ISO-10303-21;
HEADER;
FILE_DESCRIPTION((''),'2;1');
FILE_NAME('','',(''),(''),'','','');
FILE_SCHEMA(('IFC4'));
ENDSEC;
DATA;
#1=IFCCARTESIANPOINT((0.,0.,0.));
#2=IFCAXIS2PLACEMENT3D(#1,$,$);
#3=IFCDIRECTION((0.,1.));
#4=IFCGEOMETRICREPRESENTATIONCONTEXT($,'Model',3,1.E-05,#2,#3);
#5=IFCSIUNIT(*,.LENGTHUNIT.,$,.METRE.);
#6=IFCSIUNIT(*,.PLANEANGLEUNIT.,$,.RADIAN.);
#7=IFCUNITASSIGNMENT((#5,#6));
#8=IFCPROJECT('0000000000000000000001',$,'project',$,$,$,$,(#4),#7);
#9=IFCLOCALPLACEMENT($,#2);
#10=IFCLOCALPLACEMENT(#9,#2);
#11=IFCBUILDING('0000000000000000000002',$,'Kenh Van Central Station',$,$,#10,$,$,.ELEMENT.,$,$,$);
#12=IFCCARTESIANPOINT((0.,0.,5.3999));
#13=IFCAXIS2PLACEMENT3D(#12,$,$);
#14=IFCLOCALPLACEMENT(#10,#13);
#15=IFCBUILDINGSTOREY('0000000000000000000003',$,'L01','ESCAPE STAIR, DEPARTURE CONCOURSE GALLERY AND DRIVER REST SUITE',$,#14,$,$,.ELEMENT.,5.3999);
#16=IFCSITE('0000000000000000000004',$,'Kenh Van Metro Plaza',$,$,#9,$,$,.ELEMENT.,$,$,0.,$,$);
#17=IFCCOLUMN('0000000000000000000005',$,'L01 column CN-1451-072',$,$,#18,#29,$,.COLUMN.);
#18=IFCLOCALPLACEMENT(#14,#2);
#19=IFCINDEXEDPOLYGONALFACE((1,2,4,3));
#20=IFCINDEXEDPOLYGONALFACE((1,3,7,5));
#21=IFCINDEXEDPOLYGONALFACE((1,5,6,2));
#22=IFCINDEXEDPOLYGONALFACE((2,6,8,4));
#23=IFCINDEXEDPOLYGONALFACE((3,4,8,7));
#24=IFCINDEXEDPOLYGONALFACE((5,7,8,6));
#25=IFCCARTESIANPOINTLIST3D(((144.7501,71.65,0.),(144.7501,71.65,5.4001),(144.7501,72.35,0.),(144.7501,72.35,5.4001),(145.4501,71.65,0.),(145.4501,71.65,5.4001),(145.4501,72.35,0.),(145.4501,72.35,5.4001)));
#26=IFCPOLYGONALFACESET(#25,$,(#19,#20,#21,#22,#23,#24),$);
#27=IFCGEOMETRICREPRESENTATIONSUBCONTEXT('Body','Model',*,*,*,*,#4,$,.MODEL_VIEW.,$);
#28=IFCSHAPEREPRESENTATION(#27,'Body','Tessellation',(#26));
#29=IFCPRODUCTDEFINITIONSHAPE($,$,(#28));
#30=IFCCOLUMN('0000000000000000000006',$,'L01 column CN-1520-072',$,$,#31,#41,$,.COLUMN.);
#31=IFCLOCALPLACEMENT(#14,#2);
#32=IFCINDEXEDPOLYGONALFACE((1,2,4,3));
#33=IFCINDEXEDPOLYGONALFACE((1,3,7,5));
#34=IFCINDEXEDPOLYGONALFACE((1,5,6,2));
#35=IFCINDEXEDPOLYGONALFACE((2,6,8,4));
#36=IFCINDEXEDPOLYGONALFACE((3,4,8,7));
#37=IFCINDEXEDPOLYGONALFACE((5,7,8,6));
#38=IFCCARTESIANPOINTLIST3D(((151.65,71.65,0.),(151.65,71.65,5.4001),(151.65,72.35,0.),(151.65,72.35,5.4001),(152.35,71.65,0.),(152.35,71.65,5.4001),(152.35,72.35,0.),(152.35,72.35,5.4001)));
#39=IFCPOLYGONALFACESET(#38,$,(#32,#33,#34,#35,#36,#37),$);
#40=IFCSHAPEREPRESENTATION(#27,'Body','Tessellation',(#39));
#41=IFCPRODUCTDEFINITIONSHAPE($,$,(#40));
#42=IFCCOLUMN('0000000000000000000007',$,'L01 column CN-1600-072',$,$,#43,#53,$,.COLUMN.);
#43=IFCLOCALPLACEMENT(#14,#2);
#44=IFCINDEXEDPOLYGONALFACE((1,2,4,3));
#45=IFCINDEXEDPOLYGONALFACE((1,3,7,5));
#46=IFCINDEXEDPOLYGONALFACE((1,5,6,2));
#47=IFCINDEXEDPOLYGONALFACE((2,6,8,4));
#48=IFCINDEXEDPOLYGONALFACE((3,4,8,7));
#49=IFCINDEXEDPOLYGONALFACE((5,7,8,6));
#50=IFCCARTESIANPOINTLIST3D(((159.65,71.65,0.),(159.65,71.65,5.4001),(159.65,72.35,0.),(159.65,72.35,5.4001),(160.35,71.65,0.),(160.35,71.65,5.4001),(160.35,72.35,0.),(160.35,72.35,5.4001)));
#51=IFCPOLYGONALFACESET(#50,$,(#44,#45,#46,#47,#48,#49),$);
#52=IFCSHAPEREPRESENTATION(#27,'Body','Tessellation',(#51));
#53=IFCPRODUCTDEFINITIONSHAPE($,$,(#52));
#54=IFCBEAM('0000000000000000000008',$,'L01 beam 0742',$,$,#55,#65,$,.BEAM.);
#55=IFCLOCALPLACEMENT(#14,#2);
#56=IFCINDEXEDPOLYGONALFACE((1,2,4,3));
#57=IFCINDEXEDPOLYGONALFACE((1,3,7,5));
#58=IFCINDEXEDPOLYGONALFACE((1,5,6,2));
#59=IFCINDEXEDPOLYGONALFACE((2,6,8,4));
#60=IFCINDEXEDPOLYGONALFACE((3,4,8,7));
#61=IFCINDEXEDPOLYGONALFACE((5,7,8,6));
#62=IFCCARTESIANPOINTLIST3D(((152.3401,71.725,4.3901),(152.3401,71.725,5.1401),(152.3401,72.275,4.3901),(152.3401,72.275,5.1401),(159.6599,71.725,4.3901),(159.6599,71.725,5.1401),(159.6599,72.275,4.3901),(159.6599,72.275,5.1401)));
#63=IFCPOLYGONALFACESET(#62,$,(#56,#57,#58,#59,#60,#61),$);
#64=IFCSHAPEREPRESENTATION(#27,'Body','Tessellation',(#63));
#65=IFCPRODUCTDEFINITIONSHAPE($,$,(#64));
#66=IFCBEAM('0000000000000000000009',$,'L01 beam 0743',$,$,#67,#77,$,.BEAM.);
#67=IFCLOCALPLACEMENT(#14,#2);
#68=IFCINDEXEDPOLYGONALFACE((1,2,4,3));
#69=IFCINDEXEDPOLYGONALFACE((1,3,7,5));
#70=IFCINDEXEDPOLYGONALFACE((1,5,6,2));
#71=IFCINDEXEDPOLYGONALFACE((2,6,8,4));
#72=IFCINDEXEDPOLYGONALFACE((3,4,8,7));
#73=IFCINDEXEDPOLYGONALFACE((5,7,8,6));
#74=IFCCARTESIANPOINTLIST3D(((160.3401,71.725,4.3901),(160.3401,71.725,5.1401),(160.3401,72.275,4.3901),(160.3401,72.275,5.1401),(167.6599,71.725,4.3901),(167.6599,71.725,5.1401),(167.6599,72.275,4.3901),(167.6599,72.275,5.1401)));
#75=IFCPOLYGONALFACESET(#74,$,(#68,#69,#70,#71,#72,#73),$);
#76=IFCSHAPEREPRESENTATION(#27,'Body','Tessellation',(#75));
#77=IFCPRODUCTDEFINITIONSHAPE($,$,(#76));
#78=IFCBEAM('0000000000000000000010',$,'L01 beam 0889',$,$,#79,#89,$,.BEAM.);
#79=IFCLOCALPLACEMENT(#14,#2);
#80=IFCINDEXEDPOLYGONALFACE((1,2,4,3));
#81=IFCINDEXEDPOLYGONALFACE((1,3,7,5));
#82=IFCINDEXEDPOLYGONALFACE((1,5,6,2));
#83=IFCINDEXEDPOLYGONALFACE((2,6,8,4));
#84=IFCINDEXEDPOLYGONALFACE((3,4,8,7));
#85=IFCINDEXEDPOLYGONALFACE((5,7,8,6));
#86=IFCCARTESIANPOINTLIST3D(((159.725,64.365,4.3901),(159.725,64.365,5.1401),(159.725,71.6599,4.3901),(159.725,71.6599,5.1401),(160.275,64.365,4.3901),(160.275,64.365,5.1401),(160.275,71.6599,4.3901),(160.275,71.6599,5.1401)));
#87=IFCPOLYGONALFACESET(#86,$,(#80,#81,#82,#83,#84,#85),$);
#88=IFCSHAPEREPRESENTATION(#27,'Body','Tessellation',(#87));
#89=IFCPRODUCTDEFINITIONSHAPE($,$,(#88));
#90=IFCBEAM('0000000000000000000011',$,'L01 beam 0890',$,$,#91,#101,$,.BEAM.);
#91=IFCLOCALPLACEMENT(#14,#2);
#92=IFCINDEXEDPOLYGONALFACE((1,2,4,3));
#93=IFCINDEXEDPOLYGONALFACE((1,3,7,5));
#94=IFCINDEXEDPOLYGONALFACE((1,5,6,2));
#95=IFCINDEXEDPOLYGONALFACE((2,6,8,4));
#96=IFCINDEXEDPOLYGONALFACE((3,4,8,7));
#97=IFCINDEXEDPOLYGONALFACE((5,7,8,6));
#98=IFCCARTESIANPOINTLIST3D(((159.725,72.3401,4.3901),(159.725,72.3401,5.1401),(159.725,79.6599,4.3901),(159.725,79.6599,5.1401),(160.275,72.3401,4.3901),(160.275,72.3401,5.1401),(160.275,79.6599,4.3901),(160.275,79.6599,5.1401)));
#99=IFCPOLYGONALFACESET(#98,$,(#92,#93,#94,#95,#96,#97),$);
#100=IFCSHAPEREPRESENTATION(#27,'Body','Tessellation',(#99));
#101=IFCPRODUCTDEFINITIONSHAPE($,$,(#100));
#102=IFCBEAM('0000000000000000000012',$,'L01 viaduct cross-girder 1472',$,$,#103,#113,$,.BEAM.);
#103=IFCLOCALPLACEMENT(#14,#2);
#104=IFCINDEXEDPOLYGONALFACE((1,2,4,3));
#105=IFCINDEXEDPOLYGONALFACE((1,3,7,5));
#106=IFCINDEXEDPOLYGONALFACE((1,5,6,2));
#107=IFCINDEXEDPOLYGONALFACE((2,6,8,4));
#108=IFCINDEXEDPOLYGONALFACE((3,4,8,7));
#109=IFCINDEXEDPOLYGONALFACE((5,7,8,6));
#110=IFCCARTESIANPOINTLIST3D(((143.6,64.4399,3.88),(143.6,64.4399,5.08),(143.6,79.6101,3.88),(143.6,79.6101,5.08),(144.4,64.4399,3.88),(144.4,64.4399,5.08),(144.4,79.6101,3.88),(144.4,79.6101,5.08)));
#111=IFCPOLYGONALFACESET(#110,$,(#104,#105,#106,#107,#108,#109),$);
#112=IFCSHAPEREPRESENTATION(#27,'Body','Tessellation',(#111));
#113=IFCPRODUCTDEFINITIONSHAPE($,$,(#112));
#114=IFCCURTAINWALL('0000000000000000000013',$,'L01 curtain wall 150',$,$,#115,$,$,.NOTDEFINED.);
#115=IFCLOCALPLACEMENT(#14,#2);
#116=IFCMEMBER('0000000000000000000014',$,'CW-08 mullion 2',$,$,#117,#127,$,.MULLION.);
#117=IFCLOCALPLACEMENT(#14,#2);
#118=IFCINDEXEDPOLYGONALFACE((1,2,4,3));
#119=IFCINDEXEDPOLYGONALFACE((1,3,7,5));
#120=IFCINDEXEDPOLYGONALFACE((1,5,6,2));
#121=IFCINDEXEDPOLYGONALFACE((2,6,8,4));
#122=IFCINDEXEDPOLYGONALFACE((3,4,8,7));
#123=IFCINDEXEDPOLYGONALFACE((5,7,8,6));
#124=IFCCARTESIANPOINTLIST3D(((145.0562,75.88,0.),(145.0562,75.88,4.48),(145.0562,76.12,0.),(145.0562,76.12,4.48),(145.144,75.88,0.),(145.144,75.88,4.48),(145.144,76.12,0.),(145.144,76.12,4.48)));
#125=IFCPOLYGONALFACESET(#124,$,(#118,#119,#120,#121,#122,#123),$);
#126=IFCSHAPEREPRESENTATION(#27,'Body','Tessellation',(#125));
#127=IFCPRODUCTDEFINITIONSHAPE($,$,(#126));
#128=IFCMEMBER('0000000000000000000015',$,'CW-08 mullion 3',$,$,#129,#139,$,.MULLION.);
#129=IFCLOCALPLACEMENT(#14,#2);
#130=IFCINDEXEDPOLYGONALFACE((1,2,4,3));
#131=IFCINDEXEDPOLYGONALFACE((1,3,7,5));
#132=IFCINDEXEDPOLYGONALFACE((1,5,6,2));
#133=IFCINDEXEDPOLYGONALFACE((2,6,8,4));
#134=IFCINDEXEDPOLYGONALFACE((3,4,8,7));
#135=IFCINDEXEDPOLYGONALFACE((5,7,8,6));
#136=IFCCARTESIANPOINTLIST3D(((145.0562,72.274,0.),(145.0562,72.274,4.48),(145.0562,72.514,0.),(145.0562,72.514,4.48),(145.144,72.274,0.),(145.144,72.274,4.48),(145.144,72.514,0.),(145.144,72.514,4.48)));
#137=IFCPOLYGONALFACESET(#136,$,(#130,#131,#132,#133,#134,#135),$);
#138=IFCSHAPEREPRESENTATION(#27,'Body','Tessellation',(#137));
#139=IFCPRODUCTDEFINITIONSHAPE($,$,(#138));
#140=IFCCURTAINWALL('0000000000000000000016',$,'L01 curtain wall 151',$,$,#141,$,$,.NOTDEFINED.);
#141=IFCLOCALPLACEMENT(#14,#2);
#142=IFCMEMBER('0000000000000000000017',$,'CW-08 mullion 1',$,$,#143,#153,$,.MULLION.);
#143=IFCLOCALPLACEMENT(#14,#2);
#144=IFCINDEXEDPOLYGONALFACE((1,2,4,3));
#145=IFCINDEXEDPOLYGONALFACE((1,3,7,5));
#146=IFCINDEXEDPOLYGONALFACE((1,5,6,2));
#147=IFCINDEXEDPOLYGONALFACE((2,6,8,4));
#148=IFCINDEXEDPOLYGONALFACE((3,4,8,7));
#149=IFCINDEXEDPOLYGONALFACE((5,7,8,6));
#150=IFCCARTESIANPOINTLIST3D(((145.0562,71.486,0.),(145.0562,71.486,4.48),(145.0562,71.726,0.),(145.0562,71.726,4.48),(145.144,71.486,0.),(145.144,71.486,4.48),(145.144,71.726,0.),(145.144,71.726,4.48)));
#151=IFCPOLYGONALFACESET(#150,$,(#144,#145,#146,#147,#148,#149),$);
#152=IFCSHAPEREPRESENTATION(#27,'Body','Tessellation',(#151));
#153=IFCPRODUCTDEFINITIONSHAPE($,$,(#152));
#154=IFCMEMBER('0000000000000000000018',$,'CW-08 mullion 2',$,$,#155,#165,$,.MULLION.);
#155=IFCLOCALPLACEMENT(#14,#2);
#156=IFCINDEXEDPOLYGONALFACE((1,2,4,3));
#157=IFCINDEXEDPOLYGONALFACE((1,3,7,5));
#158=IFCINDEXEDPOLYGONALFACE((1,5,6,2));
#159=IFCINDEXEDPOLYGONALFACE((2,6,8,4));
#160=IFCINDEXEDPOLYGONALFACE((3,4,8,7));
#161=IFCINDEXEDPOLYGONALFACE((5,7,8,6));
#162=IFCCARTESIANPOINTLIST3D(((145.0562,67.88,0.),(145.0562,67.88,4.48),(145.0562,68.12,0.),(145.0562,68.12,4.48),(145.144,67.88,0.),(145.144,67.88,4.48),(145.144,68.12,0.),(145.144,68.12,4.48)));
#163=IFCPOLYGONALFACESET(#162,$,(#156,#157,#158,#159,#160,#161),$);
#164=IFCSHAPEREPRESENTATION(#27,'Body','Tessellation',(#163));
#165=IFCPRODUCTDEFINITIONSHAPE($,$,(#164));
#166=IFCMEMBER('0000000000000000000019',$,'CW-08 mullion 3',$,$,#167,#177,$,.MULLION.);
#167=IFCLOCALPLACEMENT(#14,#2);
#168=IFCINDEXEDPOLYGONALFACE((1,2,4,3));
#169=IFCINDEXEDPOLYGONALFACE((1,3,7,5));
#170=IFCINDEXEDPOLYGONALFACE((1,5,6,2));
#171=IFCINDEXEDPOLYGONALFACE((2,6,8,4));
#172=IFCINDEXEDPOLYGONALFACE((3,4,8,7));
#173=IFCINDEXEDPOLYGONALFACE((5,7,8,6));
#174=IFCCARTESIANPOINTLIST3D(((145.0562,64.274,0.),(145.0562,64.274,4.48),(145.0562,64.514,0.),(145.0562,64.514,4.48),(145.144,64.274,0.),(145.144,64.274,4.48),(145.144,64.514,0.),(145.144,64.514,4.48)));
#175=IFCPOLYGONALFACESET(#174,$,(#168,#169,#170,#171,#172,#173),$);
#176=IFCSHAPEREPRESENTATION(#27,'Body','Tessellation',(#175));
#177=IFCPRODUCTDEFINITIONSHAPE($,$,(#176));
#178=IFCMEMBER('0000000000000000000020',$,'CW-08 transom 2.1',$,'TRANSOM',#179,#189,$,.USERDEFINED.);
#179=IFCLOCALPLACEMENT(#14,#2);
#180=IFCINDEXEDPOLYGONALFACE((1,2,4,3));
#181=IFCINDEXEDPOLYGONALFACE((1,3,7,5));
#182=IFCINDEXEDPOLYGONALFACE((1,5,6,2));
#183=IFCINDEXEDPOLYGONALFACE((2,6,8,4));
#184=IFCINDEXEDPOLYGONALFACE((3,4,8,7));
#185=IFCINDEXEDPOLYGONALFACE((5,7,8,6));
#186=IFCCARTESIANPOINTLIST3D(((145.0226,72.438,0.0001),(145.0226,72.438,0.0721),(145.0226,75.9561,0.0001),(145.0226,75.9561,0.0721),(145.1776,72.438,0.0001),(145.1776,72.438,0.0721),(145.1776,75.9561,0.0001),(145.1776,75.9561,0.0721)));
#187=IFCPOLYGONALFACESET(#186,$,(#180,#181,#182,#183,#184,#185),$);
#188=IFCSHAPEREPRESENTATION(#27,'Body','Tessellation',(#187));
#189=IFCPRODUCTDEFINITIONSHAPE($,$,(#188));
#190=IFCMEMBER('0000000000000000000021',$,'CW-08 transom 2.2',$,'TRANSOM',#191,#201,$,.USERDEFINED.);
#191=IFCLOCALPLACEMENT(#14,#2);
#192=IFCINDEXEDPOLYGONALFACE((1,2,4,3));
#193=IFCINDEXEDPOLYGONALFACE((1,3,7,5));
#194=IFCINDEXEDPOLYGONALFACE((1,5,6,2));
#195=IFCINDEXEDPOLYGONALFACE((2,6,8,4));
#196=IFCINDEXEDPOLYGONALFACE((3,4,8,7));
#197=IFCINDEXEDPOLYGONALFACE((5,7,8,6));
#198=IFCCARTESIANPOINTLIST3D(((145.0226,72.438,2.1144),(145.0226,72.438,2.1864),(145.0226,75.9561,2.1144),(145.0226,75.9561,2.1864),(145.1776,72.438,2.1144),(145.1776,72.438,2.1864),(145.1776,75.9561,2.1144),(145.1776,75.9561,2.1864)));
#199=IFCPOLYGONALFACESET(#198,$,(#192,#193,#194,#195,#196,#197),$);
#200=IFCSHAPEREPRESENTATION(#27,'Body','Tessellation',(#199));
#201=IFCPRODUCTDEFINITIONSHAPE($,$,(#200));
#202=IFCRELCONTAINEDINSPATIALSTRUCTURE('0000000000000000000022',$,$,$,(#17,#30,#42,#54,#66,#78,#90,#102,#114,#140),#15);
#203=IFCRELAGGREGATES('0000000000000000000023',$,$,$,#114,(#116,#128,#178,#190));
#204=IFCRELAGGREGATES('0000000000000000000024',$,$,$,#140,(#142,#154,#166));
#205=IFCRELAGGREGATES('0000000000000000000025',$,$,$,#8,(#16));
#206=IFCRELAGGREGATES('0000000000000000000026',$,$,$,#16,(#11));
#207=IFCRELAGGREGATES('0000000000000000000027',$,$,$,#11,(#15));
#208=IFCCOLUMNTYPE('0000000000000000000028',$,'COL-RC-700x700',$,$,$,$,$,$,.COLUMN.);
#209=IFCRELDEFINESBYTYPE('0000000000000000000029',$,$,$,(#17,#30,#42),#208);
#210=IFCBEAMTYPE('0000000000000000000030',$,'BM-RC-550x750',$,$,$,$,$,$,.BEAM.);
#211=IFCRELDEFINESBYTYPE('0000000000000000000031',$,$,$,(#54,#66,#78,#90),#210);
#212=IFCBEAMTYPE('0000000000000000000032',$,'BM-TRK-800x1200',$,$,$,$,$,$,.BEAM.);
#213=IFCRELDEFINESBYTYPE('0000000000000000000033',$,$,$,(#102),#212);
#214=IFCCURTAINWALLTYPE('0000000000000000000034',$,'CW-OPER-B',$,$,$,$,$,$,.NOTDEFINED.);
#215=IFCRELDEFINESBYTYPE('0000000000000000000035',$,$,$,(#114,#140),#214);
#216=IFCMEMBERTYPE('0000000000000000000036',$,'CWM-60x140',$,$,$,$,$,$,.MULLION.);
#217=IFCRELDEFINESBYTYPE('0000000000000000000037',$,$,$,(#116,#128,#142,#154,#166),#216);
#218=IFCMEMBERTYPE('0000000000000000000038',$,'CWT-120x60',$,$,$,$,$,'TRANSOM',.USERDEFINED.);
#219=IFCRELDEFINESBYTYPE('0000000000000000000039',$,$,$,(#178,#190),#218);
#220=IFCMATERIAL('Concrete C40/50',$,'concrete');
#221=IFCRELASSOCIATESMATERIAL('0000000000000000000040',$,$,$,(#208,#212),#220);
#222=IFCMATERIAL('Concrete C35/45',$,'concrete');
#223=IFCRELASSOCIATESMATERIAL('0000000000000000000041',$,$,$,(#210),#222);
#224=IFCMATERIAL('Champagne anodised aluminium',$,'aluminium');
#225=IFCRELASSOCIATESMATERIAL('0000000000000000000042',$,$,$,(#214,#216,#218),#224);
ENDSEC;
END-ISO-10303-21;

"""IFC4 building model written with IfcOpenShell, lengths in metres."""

from ifc_helpers import new_model, si_unit, direction, frame, origin, origin_2d, place, context, subcontext, project, spatial, rectangle, extrude, material, material_profile, profile_set, type_object, element, aggregate, save


model = new_model("IFC4")

# Units and contexts
model_context = context("Model", 3, precision=1e-05, world=origin(), true_north=direction((0.0, 1.0)))
body_context = subcontext(model_context, "Body", "Model", "MODEL_VIEW")
ifc_project = project(units=[si_unit("LENGTHUNIT", "METRE"), si_unit("PLANEANGLEUNIT", "RADIAN")], contexts=[model_context])

# Site, building, storey
site_placement = place(None, origin())
site = spatial("IfcSite", under=ifc_project, at=site_placement, Name="Kenh Van Metro Plaza", CompositionType="ELEMENT", RefElevation=0.0)
building_placement = place(site_placement, origin())
building = spatial("IfcBuilding", under=site, at=building_placement, Name="Kenh Van Central Station", CompositionType="ELEMENT")
storey_placement = place(building_placement, frame((0.0, 0.0, 5.3999)))
storey = spatial("IfcBuildingStorey", under=building, at=storey_placement, Name="L01", Description="ESCAPE STAIR, DEPARTURE CONCOURSE GALLERY AND DRIVER REST SUITE", CompositionType="ELEMENT", Elevation=5.3999)

# Columns
ifc_material_1 = material(Name="Concrete C40/50", Category="concrete")
ifc_material_profile_1 = material_profile(ifc_material_1, rectangle(XDim=0.7, YDim=0.7, at=origin_2d()), Name="RC 700x700")
ifc_profile_set_1 = profile_set([ifc_material_profile_1], Name="Concrete C40/50")
column_type = type_object("IfcColumnType", Name="COL-RC-700x700", PredefinedType="COLUMN", material=ifc_profile_set_1)
for number, where, z_axis, x_axis, name in (
    (1, (145.1001, 72.0, 0.0), (0.0, 0.0, 1.0), (1.0, 0.0, 0.0), "L01 column CN-1451-072"),
    (2, (152.0, 72.0, 0.0), (0.0, 0.0, 1.0), (1.0, 0.0, 0.0), "L01 column CN-1520-072"),
    (3, (160.0, 72.0, 0.0), (0.0, 0.0, 1.0), (1.0, 0.0, 0.0), "L01 column CN-1600-072"),
):
    element("IfcColumn", number, at=place(storey_placement, frame(where, z_axis=z_axis, x_axis=x_axis)), inside=storey, type_object=column_type, Name=name, PredefinedType="COLUMN", context=body_context, shape_type="SweptSolid", body=[
        extrude(rectangle(XDim=0.7, YDim=0.7, at=origin_2d()), origin(), (0.0, 0.0, 1.0), 5.4001),
    ])

# Beams
ifc_material_2 = material(Name="Concrete C35/45", Category="concrete")
ifc_material_profile_2 = material_profile(ifc_material_2, rectangle(XDim=0.55, YDim=0.75, at=origin_2d()), Name="RC 550x750")
ifc_profile_set_2 = profile_set([ifc_material_profile_2], Name="Concrete C35/45")
beam_type_1 = type_object("IfcBeamType", Name="BM-RC-550x750", PredefinedType="BEAM", material=ifc_profile_set_2)
for number, where, z_axis, x_axis, name in (
    (4, (152.3401, 72.0, 4.7651), (1.0, 0.0, 0.0), (0.0, 1.0, 0.0), "L01 beam 0742"),
    (5, (160.3401, 72.0, 4.7651), (1.0, 0.0, 0.0), (0.0, 1.0, 0.0), "L01 beam 0743"),
):
    element("IfcBeam", number, at=place(storey_placement, frame(where, z_axis=z_axis, x_axis=x_axis)), inside=storey, type_object=beam_type_1, Name=name, PredefinedType="BEAM", context=body_context, shape_type="SweptSolid", body=[
        extrude(rectangle(XDim=0.55, YDim=0.75, at=origin_2d()), origin(), (0.0, 0.0, 1.0), 7.3198),
    ])
beam_1_placement = place(storey_placement, frame((160.0, 64.365, 4.7651), z_axis=(0.0, 1.0, 0.0), x_axis=(-1.0, 0.0, 0.0)))
element("IfcBeam", 6, at=beam_1_placement, inside=storey, type_object=beam_type_1, Name="L01 beam 0889", PredefinedType="BEAM", context=body_context, shape_type="SweptSolid", body=[
    extrude(rectangle(XDim=0.55, YDim=0.75, at=origin_2d()), origin(), (0.0, 0.0, 1.0), 7.2949),
])
beam_2_placement = place(storey_placement, frame((160.0, 72.3401, 4.7651), z_axis=(0.0, 1.0, 0.0), x_axis=(-1.0, 0.0, 0.0)))
element("IfcBeam", 7, at=beam_2_placement, inside=storey, type_object=beam_type_1, Name="L01 beam 0890", PredefinedType="BEAM", context=body_context, shape_type="SweptSolid", body=[
    extrude(rectangle(XDim=0.55, YDim=0.75, at=origin_2d()), origin(), (0.0, 0.0, 1.0), 7.3198),
])
ifc_material_profile_3 = material_profile(ifc_material_1, rectangle(XDim=0.8, YDim=1.2, at=origin_2d()), Name="RC 800x1200")
ifc_profile_set_3 = profile_set([ifc_material_profile_3], Name="Concrete C40/50")
beam_type_2 = type_object("IfcBeamType", Name="BM-TRK-800x1200", PredefinedType="BEAM", material=ifc_profile_set_3)
beam_3_placement = place(storey_placement, frame((144.0, 64.4399, 4.48), z_axis=(0.0, 1.0, 0.0), x_axis=(-1.0, 0.0, 0.0)))
element("IfcBeam", 8, at=beam_3_placement, inside=storey, type_object=beam_type_2, Name="L01 viaduct cross-girder 1472", PredefinedType="BEAM", context=body_context, shape_type="SweptSolid", body=[
    extrude(rectangle(XDim=0.8, YDim=1.2, at=origin_2d()), origin(), (0.0, 0.0, 1.0), 15.1702),
])

# Curtain walls, members
ifc_material_3 = material(Name="Champagne anodised aluminium", Category="aluminium")
curtain_wall_type = type_object("IfcCurtainWallType", Name="CW-OPER-B", PredefinedType="NOTDEFINED", material=ifc_material_3)
curtain_wall_1_placement = place(storey_placement, origin())
curtain_wall_1 = element("IfcCurtainWall", 9, at=curtain_wall_1_placement, inside=storey, type_object=curtain_wall_type, Name="L01 curtain wall 150", PredefinedType="NOTDEFINED")
ifc_material_profile_4 = material_profile(ifc_material_3, rectangle(XDim=0.0879, YDim=0.24, at=origin_2d()), Name="AL 88x240")
ifc_profile_set_4 = profile_set([ifc_material_profile_4], Name="Champagne anodised aluminium")
member_type_1 = type_object("IfcMemberType", Name="CWM-60x140", PredefinedType="MULLION", material=ifc_profile_set_4)
member_1_placement = place(storey_placement, frame((145.1001, 76.0, 0.0), z_axis=(0.0, 0.0, 1.0), x_axis=(1.0, 0.0, 0.0)))
member_1 = element("IfcMember", 10, at=member_1_placement, type_object=member_type_1, Name="CW-08 mullion 2", PredefinedType="MULLION", context=body_context, shape_type="SweptSolid", body=[
    extrude(rectangle(XDim=0.0879, YDim=0.24, at=origin_2d()), origin(), (0.0, 0.0, 1.0), 4.48),
])
member_2_placement = place(storey_placement, frame((145.1001, 72.394, 0.0), z_axis=(0.0, 0.0, 1.0), x_axis=(1.0, 0.0, 0.0)))
member_2 = element("IfcMember", 11, at=member_2_placement, type_object=member_type_1, Name="CW-08 mullion 3", PredefinedType="MULLION", context=body_context, shape_type="SweptSolid", body=[
    extrude(rectangle(XDim=0.0879, YDim=0.24, at=origin_2d()), origin(), (0.0, 0.0, 1.0), 4.48),
])
curtain_wall_2_placement = place(storey_placement, origin())
curtain_wall_2 = element("IfcCurtainWall", 12, at=curtain_wall_2_placement, inside=storey, type_object=curtain_wall_type, Name="L01 curtain wall 151", PredefinedType="NOTDEFINED")
member_3_placement = place(storey_placement, frame((145.1001, 71.606, 0.0), z_axis=(0.0, 0.0, 1.0), x_axis=(1.0, 0.0, 0.0)))
member_3 = element("IfcMember", 13, at=member_3_placement, type_object=member_type_1, Name="CW-08 mullion 1", PredefinedType="MULLION", context=body_context, shape_type="SweptSolid", body=[
    extrude(rectangle(XDim=0.0879, YDim=0.24, at=origin_2d()), origin(), (0.0, 0.0, 1.0), 4.48),
])
member_4_placement = place(storey_placement, frame((145.1001, 68.0, 0.0), z_axis=(0.0, 0.0, 1.0), x_axis=(1.0, 0.0, 0.0)))
member_4 = element("IfcMember", 14, at=member_4_placement, type_object=member_type_1, Name="CW-08 mullion 2", PredefinedType="MULLION", context=body_context, shape_type="SweptSolid", body=[
    extrude(rectangle(XDim=0.0879, YDim=0.24, at=origin_2d()), origin(), (0.0, 0.0, 1.0), 4.48),
])
member_5_placement = place(storey_placement, frame((145.1001, 64.394, 0.0), z_axis=(0.0, 0.0, 1.0), x_axis=(1.0, 0.0, 0.0)))
member_5 = element("IfcMember", 15, at=member_5_placement, type_object=member_type_1, Name="CW-08 mullion 3", PredefinedType="MULLION", context=body_context, shape_type="SweptSolid", body=[
    extrude(rectangle(XDim=0.0879, YDim=0.24, at=origin_2d()), origin(), (0.0, 0.0, 1.0), 4.48),
])

# Members
ifc_material_profile_5 = material_profile(ifc_material_3, rectangle(XDim=0.155, YDim=0.072, at=origin_2d()), Name="AL 155x72")
ifc_profile_set_5 = profile_set([ifc_material_profile_5], Name="Champagne anodised aluminium")
member_type_2 = type_object("IfcMemberType", Name="CWT-120x60", ElementType="TRANSOM", PredefinedType="USERDEFINED", material=ifc_profile_set_5)
member_6_placement = place(storey_placement, frame((145.1001, 75.9561, 0.0361), z_axis=(0.0, -1.0, 0.0), x_axis=(1.0, 0.0, 0.0)))
member_6 = element("IfcMember", 16, at=member_6_placement, type_object=member_type_2, Name="CW-08 transom 2.1", ObjectType="TRANSOM", PredefinedType="USERDEFINED", context=body_context, shape_type="SweptSolid", body=[
    extrude(rectangle(XDim=0.155, YDim=0.072, at=origin_2d()), origin(), (0.0, 0.0, 1.0), 3.5181),
])
member_7_placement = place(storey_placement, frame((145.1001, 75.9561, 2.1504), z_axis=(0.0, -1.0, 0.0), x_axis=(1.0, 0.0, 0.0)))
member_7 = element("IfcMember", 17, at=member_7_placement, type_object=member_type_2, Name="CW-08 transom 2.2", ObjectType="TRANSOM", PredefinedType="USERDEFINED", context=body_context, shape_type="SweptSolid", body=[
    extrude(rectangle(XDim=0.155, YDim=0.072, at=origin_2d()), origin(), (0.0, 0.0, 1.0), 3.5181),
])

aggregate(curtain_wall_1, [member_1, member_2, member_6, member_7])
aggregate(curtain_wall_2, [member_3, member_4, member_5])

save(model, "model.ifc")
